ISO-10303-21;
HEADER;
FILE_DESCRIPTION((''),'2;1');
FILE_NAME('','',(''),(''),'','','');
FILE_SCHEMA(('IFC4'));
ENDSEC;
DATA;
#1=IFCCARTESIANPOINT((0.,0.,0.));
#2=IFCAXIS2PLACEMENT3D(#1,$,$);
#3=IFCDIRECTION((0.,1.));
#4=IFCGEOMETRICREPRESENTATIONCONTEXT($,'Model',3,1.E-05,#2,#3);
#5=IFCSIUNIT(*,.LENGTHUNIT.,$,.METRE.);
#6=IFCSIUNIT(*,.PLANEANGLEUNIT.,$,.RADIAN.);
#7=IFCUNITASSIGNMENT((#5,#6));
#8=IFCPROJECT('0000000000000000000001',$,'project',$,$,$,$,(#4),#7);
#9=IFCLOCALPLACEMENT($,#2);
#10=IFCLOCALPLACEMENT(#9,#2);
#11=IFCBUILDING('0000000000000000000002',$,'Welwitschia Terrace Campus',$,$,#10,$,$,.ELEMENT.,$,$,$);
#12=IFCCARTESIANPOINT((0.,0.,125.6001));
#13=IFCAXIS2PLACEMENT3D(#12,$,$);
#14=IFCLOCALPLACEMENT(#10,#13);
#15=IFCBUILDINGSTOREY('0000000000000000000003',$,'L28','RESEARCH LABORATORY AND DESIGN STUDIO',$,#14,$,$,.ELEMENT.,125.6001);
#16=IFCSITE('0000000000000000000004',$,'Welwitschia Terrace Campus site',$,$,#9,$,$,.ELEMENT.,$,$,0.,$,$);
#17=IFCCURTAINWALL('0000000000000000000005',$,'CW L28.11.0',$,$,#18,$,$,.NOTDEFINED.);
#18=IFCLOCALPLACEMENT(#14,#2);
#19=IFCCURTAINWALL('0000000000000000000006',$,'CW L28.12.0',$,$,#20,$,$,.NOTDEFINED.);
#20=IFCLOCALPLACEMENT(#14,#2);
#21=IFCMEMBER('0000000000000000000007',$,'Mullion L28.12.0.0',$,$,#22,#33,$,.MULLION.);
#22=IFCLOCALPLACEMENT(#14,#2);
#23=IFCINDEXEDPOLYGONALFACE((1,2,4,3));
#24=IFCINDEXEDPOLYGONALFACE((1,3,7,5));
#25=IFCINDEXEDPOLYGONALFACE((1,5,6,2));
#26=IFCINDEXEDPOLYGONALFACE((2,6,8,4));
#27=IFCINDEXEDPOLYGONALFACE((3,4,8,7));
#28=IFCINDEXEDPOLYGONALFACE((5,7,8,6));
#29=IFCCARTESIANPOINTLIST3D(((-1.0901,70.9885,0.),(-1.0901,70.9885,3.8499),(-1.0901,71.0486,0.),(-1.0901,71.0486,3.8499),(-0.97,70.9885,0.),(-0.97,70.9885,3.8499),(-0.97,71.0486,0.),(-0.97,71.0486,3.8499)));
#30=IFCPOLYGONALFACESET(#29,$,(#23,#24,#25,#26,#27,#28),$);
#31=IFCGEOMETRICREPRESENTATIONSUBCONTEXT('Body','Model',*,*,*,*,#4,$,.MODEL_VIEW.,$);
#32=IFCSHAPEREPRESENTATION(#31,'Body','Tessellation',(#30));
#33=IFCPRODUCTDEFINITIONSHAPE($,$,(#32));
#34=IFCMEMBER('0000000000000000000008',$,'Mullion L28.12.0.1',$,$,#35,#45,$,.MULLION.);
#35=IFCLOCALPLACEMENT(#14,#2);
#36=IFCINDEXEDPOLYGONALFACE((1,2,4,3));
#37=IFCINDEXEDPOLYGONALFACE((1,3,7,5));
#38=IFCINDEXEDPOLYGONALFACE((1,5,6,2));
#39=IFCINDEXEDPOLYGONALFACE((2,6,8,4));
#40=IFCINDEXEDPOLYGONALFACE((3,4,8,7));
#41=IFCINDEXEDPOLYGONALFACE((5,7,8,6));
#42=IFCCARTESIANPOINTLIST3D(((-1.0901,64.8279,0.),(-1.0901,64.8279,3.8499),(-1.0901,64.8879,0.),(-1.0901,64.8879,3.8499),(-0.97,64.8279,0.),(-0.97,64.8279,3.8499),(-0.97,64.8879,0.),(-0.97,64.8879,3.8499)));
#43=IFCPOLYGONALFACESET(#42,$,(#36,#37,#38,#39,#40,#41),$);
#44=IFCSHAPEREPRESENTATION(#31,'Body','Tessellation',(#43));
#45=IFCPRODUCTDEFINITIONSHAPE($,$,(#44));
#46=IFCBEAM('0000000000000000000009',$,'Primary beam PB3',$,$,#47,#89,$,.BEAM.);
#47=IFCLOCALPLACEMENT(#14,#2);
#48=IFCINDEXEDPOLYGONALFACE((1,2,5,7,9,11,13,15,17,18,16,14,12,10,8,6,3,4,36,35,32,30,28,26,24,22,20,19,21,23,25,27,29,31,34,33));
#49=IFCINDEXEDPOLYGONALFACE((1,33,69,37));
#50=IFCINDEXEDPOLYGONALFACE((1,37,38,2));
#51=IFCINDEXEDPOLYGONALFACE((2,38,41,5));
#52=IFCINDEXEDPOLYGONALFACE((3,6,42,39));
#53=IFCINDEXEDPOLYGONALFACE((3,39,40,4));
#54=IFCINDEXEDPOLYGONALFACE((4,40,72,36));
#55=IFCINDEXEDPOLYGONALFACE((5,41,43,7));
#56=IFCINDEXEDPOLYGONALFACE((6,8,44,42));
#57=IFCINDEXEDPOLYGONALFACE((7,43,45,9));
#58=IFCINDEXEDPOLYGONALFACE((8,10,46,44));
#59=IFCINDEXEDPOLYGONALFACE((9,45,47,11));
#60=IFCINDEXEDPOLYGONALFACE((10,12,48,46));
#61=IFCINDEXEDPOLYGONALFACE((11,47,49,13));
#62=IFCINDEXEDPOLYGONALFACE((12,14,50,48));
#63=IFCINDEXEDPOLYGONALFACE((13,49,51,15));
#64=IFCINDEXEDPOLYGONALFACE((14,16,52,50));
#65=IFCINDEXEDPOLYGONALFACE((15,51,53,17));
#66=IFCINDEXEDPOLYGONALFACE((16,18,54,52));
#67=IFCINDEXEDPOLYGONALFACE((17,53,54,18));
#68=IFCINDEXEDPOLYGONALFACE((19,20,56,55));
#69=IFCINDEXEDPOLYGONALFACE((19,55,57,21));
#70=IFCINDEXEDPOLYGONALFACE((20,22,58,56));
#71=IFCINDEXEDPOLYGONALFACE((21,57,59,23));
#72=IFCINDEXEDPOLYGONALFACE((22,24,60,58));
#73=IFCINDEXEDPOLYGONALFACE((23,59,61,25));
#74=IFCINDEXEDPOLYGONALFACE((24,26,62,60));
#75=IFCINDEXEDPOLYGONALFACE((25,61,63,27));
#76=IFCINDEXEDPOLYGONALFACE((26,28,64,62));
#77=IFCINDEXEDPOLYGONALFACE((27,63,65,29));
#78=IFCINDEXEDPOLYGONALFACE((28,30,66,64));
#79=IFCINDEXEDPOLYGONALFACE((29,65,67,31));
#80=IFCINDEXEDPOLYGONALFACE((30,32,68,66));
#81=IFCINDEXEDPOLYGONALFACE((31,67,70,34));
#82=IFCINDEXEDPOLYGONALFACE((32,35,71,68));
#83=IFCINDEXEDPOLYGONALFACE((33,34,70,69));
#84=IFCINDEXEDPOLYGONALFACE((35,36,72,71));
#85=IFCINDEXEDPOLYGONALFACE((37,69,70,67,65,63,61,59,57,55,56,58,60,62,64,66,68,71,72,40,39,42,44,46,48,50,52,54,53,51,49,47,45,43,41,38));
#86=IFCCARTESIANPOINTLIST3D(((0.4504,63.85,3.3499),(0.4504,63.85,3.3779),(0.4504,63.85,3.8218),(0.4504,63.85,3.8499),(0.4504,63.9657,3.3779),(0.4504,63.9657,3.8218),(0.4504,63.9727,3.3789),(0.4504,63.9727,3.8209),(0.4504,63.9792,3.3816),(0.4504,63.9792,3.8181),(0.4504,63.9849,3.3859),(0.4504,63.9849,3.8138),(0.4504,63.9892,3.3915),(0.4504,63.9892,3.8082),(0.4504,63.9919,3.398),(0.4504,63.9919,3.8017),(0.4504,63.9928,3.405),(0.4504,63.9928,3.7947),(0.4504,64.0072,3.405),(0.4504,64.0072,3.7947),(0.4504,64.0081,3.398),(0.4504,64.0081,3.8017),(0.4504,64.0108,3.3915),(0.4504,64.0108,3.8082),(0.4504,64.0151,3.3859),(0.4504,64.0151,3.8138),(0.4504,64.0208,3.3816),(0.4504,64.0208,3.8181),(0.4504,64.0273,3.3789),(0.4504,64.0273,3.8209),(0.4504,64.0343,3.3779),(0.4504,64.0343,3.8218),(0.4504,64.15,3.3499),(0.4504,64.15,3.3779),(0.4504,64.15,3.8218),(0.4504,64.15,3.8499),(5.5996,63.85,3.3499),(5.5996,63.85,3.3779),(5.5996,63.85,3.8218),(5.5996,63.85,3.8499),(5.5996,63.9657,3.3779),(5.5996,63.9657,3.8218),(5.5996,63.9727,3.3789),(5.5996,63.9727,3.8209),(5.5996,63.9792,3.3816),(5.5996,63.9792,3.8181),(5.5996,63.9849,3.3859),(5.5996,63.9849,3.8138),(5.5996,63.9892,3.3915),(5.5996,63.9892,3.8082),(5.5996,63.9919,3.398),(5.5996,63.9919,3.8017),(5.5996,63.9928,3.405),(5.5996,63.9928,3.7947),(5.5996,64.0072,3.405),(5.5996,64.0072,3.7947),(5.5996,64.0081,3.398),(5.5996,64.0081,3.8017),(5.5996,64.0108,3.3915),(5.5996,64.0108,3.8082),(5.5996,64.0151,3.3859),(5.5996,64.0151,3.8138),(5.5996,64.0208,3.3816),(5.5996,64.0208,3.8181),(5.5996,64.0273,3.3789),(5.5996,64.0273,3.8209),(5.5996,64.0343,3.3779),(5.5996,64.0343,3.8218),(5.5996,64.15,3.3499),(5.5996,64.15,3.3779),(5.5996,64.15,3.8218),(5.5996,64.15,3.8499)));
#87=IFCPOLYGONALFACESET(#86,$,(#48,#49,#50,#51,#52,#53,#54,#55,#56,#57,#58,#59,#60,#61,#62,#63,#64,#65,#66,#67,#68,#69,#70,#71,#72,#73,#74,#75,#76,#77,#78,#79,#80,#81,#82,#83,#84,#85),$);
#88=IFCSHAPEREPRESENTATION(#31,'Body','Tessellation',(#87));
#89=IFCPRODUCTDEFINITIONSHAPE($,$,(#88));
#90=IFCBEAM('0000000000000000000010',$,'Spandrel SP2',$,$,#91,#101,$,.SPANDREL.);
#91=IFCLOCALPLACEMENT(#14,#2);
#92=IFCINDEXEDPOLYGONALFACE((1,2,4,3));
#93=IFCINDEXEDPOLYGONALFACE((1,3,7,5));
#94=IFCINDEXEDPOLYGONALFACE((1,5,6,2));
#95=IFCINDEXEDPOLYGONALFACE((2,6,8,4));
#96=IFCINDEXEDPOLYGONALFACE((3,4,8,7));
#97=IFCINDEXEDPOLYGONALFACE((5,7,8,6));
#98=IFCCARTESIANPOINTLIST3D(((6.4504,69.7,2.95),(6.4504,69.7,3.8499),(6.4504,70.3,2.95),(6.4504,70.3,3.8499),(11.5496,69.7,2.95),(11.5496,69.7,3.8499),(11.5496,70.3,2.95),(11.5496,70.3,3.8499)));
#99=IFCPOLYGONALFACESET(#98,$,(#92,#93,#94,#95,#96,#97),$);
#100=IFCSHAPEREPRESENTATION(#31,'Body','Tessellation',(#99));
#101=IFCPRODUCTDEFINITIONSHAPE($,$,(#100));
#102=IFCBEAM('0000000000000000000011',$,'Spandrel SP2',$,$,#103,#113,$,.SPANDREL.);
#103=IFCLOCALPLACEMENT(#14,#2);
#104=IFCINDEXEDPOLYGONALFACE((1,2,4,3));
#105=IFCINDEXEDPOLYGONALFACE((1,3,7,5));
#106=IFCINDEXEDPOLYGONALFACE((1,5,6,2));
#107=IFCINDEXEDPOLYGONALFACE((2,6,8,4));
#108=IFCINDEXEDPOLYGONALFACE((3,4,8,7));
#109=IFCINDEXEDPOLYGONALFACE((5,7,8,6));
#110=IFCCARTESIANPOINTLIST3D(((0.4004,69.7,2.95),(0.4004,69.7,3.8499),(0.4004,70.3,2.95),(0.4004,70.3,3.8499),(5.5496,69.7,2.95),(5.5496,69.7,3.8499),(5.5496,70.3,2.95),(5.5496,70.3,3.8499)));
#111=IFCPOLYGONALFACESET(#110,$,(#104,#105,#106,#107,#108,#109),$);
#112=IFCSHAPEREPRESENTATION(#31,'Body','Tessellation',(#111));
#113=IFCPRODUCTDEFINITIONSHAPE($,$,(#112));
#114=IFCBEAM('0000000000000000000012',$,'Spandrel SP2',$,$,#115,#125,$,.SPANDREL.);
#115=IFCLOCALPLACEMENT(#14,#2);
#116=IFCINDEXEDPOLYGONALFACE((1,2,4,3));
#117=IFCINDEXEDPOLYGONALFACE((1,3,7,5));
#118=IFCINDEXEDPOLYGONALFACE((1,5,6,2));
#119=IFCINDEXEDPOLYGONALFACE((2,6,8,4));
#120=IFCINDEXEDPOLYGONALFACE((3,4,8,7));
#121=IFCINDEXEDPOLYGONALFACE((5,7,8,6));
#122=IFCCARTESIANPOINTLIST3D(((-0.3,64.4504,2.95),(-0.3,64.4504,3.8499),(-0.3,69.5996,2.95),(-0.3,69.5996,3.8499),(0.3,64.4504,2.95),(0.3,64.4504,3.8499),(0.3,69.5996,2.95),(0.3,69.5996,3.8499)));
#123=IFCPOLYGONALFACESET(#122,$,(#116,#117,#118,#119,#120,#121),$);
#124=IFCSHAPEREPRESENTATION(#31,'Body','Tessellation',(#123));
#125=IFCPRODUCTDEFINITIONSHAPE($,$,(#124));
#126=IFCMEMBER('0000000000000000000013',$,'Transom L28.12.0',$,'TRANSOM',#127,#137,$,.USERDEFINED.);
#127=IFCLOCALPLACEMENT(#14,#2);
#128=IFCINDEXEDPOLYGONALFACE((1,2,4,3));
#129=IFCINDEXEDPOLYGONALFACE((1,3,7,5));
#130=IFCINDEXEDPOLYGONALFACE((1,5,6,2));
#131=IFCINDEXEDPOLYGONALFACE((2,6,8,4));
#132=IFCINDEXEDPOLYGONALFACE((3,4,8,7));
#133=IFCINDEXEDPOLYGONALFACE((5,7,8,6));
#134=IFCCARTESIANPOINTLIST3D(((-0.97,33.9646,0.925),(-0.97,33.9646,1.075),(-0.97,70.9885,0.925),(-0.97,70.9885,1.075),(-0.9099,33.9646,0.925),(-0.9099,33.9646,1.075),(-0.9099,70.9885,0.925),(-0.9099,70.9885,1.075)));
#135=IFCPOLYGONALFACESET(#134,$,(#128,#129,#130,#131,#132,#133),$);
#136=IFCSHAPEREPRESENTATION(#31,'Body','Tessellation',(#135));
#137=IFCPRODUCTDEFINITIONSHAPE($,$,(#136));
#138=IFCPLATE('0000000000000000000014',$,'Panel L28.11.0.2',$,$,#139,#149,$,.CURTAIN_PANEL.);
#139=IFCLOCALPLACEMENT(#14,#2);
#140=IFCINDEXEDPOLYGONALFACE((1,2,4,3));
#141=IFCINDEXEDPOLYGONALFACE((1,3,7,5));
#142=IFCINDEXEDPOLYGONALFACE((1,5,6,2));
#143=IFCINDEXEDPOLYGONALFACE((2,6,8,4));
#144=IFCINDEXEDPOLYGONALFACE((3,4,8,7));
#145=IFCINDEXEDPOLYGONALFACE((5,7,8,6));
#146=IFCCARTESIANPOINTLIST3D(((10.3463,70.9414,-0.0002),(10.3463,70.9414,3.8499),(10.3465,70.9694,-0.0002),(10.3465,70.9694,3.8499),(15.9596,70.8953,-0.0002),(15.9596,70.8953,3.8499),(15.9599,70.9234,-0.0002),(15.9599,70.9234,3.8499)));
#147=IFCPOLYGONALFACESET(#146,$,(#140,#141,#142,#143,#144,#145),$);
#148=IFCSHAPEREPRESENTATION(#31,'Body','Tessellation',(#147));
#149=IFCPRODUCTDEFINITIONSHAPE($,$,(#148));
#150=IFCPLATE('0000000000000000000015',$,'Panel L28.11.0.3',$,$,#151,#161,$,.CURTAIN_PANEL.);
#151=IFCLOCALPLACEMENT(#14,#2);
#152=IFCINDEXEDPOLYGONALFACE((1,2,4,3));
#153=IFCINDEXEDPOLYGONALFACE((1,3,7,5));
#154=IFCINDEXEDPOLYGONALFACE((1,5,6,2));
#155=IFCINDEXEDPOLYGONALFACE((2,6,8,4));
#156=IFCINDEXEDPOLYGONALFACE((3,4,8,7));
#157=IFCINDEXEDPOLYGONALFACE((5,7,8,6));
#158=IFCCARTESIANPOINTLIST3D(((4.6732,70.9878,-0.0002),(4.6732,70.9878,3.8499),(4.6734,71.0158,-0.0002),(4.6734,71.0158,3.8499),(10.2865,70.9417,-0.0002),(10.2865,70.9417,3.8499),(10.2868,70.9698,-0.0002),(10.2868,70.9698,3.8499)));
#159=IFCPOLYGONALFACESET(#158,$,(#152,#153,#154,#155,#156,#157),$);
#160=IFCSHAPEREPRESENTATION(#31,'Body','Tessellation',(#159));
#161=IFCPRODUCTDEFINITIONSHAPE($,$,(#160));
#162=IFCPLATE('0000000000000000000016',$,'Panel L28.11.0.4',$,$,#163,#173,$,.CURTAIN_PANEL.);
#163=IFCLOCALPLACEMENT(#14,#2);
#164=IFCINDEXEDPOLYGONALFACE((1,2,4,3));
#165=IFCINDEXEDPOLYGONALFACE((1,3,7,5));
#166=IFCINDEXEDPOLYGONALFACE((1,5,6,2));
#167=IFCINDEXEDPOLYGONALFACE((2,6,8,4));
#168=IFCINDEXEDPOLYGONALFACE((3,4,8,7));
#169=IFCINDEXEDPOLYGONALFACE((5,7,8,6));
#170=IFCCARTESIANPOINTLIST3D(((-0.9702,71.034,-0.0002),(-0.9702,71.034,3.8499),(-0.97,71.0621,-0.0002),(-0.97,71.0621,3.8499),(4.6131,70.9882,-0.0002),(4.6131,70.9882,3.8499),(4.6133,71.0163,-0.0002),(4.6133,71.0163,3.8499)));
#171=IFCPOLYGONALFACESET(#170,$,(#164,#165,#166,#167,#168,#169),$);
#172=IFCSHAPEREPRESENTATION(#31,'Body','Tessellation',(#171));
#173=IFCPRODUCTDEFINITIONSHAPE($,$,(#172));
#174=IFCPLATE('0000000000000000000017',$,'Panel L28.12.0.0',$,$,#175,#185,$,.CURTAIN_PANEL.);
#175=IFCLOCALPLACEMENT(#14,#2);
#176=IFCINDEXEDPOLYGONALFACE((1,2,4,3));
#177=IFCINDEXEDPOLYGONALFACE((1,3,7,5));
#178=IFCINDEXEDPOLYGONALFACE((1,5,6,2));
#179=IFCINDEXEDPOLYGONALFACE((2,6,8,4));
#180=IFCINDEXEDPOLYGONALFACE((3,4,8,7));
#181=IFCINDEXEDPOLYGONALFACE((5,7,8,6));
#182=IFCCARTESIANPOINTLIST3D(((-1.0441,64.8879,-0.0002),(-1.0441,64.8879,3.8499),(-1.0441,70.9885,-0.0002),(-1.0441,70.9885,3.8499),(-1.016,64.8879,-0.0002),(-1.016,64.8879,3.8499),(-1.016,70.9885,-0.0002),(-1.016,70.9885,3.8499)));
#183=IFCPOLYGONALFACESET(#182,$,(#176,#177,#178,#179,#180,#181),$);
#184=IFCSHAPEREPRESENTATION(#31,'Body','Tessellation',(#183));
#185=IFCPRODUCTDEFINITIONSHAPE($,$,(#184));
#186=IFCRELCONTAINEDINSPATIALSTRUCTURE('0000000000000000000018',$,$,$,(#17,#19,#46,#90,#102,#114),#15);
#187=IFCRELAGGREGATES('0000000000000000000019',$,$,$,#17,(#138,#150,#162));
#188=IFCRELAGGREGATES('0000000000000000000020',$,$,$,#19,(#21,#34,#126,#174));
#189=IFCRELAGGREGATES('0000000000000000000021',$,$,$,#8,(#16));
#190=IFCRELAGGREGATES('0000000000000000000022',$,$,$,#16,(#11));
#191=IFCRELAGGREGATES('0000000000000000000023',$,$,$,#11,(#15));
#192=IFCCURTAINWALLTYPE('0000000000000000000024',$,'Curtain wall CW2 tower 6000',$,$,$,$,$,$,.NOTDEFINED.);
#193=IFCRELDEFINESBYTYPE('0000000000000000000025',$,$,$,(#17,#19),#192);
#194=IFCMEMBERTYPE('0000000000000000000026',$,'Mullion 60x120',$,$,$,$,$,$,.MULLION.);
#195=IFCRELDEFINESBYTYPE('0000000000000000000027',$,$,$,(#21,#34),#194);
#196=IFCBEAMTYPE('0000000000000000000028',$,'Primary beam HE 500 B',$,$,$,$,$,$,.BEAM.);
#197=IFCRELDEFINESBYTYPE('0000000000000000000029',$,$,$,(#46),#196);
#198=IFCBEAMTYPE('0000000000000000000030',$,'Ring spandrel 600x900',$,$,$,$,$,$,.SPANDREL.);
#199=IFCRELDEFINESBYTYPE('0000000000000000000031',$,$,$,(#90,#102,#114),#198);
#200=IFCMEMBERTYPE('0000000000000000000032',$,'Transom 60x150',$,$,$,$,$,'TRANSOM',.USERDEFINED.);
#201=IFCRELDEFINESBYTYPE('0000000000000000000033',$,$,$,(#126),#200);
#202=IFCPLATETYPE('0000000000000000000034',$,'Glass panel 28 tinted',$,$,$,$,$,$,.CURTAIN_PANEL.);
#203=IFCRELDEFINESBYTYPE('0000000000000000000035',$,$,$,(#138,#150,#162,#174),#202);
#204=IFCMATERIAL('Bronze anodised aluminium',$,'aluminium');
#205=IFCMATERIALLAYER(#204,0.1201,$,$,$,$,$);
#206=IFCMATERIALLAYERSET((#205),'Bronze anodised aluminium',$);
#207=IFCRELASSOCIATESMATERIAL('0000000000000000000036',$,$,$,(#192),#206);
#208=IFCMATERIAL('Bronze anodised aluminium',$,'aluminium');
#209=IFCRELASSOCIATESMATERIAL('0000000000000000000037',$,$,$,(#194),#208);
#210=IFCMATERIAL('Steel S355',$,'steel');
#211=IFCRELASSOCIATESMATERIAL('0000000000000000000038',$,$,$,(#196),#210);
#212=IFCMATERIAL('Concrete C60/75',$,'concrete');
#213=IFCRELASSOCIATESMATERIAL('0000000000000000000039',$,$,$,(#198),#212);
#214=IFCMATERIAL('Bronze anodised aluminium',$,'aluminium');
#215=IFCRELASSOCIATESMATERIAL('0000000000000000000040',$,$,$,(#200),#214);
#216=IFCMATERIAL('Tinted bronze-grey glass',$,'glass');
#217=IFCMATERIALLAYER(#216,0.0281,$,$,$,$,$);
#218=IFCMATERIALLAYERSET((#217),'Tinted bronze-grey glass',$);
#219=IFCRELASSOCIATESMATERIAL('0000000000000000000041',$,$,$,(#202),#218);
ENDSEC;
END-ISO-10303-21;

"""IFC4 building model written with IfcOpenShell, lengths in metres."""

from ifc_helpers import new_model, si_unit, direction, frame, origin, origin_2d, place, context, subcontext, project, spatial, rectangle, i_section, extrude, material, layer, layer_set, material_profile, profile_set, type_object, element, aggregate, save


model = new_model("IFC4")

# Units and contexts
model_context = context("Model", 3, precision=1e-05, world=origin(), true_north=direction((0.0, 1.0)))
body_context = subcontext(model_context, "Body", "Model", "MODEL_VIEW")
ifc_project = project(units=[si_unit("LENGTHUNIT", "METRE"), si_unit("PLANEANGLEUNIT", "RADIAN")], contexts=[model_context])

# Site, building, storey
site_placement = place(None, origin())
site = spatial("IfcSite", under=ifc_project, at=site_placement, Name="Welwitschia Terrace Campus site", CompositionType="ELEMENT", RefElevation=0.0)
building_placement = place(site_placement, origin())
building = spatial("IfcBuilding", under=site, at=building_placement, Name="Welwitschia Terrace Campus", CompositionType="ELEMENT")
storey_placement = place(building_placement, frame((0.0, 0.0, 125.6001)))
storey = spatial("IfcBuildingStorey", under=building, at=storey_placement, Name="L28", Description="RESEARCH LABORATORY AND DESIGN STUDIO", CompositionType="ELEMENT", Elevation=125.6001)

# Curtain walls, members
ifc_material_1 = material(Name="Bronze anodised aluminium", Category="aluminium")
ifc_layer_1 = layer(ifc_material_1, 0.1201)
ifc_layer_set_1 = layer_set([ifc_layer_1], Name="Bronze anodised aluminium")
curtain_wall_type = type_object("IfcCurtainWallType", Name="Curtain wall CW2 tower 6000", PredefinedType="NOTDEFINED", material=ifc_layer_set_1)
curtain_wall_1_placement = place(storey_placement, origin())
curtain_wall_1 = element("IfcCurtainWall", 1, at=curtain_wall_1_placement, inside=storey, type_object=curtain_wall_type, Name="CW L28.11.0", PredefinedType="NOTDEFINED")
ifc_material_2 = material(Name="Bronze anodised aluminium", Category="aluminium")
ifc_material_profile_1 = material_profile(ifc_material_2, rectangle(XDim=0.1201, YDim=0.0601, at=origin_2d()))
ifc_profile_set_1 = profile_set([ifc_material_profile_1], Name="Bronze anodised aluminium")
member_type_1 = type_object("IfcMemberType", Name="Mullion 60x120", PredefinedType="MULLION", material=ifc_profile_set_1)
curtain_wall_2_placement = place(storey_placement, origin())
curtain_wall_2 = element("IfcCurtainWall", 2, at=curtain_wall_2_placement, inside=storey, type_object=curtain_wall_type, Name="CW L28.12.0", PredefinedType="NOTDEFINED")
member_1_placement = place(storey_placement, frame((-1.03, 71.0186, 0.0), z_axis=(0.0, 0.0, 1.0), x_axis=(1.0, 0.0, 0.0)))
member_1 = element("IfcMember", 3, at=member_1_placement, type_object=member_type_1, Name="Mullion L28.12.0.0", PredefinedType="MULLION", context=body_context, shape_type="SweptSolid", body=[
    extrude(rectangle(XDim=0.1201, YDim=0.0601, at=origin_2d()), origin(), (0.0, 0.0, 1.0), 3.8499),
])
member_2_placement = place(storey_placement, frame((-1.03, 64.8579, 0.0), z_axis=(0.0, 0.0, 1.0), x_axis=(1.0, 0.0, 0.0)))
member_2 = element("IfcMember", 4, at=member_2_placement, type_object=member_type_1, Name="Mullion L28.12.0.1", PredefinedType="MULLION", context=body_context, shape_type="SweptSolid", body=[
    extrude(rectangle(XDim=0.1201, YDim=0.0601, at=origin_2d()), origin(), (0.0, 0.0, 1.0), 3.8499),
])

# Beams
ifc_material_3 = material(Name="Steel S355", Category="steel")
ifc_material_profile_2 = material_profile(ifc_material_3, i_section(OverallWidth=0.3, OverallDepth=0.5, WebThickness=0.0144, FlangeThickness=0.0281, FilletRadius=0.0271, at=origin_2d()))
ifc_profile_set_2 = profile_set([ifc_material_profile_2], Name="Steel S355")
beam_type_1 = type_object("IfcBeamType", Name="Primary beam HE 500 B", PredefinedType="BEAM", material=ifc_profile_set_2)
beam_1_placement = place(storey_placement, frame((0.4504, 64.0, 3.5999), z_axis=(1.0, 0.0, 0.0), x_axis=(0.0, 1.0, 0.0)))
element("IfcBeam", 5, at=beam_1_placement, inside=storey, type_object=beam_type_1, Name="Primary beam PB3", PredefinedType="BEAM", context=body_context, shape_type="SweptSolid", body=[
    extrude(i_section(OverallWidth=0.3, OverallDepth=0.5, WebThickness=0.0144, FlangeThickness=0.0281, FilletRadius=0.0271, at=origin_2d()), origin(), (0.0, 0.0, 1.0), 5.1492),
])
ifc_material_4 = material(Name="Concrete C60/75", Category="concrete")
ifc_material_profile_3 = material_profile(ifc_material_4, rectangle(XDim=0.6001, YDim=0.8999, at=origin_2d()))
ifc_profile_set_3 = profile_set([ifc_material_profile_3], Name="Concrete C60/75")
beam_type_2 = type_object("IfcBeamType", Name="Ring spandrel 600x900", PredefinedType="SPANDREL", material=ifc_profile_set_3)
beam_2_placement = place(storey_placement, frame((11.5496, 70.0, 3.3999), z_axis=(-1.0, 0.0, 0.0), x_axis=(0.0, -1.0, 0.0)))
element("IfcBeam", 6, at=beam_2_placement, inside=storey, type_object=beam_type_2, Name="Spandrel SP2", PredefinedType="SPANDREL", context=body_context, shape_type="SweptSolid", body=[
    extrude(rectangle(XDim=0.6001, YDim=0.8999, at=origin_2d()), origin(), (0.0, 0.0, 1.0), 5.0991),
])
for number, where, z_axis, x_axis, name in (
    (7, (5.5496, 70.0, 3.3999), (-1.0, 0.0, 0.0), (0.0, -1.0, 0.0), "Spandrel SP2"),
    (8, (0.0, 69.5996, 3.3999), (0.0, -1.0, 0.0), (1.0, 0.0, 0.0), "Spandrel SP2"),
):
    element("IfcBeam", number, at=place(storey_placement, frame(where, z_axis=z_axis, x_axis=x_axis)), inside=storey, type_object=beam_type_2, Name=name, PredefinedType="SPANDREL", context=body_context, shape_type="SweptSolid", body=[
        extrude(rectangle(XDim=0.6001, YDim=0.8999, at=origin_2d()), origin(), (0.0, 0.0, 1.0), 5.1492),
    ])

# Member
ifc_material_5 = material(Name="Bronze anodised aluminium", Category="aluminium")
ifc_material_profile_4 = material_profile(ifc_material_5, rectangle(XDim=0.0601, YDim=0.1499, at=origin_2d()))
ifc_profile_set_4 = profile_set([ifc_material_profile_4], Name="Bronze anodised aluminium")
member_type_2 = type_object("IfcMemberType", Name="Transom 60x150", ElementType="TRANSOM", PredefinedType="USERDEFINED", material=ifc_profile_set_4)
member_3_placement = place(storey_placement, frame((-0.9399, 70.9885, 1.0), z_axis=(0.0, -1.0, 0.0), x_axis=(1.0, 0.0, 0.0)))
member_3 = element("IfcMember", 9, at=member_3_placement, type_object=member_type_2, Name="Transom L28.12.0", ObjectType="TRANSOM", PredefinedType="USERDEFINED", context=body_context, shape_type="SweptSolid", body=[
    extrude(rectangle(XDim=0.0601, YDim=0.1499, at=origin_2d()), origin(), (0.0, 0.0, 1.0), 37.0239),
])

# Plates
ifc_material_6 = material(Name="Tinted bronze-grey glass", Category="glass")
ifc_layer_2 = layer(ifc_material_6, 0.0281)
ifc_layer_set_2 = layer_set([ifc_layer_2], Name="Tinted bronze-grey glass")
plate_type = type_object("IfcPlateType", Name="Glass panel 28 tinted", PredefinedType="CURTAIN_PANEL", material=ifc_layer_set_2)
plate_1_placement = place(storey_placement, frame((13.1531, 70.9324, -0.0002), z_axis=(0.0, 0.0, 1.0), x_axis=(-0.999966, 0.008205, 0.0)))
plate_1 = element("IfcPlate", 10, at=plate_1_placement, type_object=plate_type, Name="Panel L28.11.0.2", PredefinedType="CURTAIN_PANEL", context=body_context, shape_type="SweptSolid", body=[
    extrude(rectangle(XDim=5.6135, YDim=0.0281, at=origin_2d()), origin(), (0.0, 0.0, 1.0), 3.8501),
])
plate_2_placement = place(storey_placement, frame((7.48, 70.9788, -0.0002), z_axis=(0.0, 0.0, 1.0), x_axis=(-0.999966, 0.008205, 0.0)))
plate_2 = element("IfcPlate", 11, at=plate_2_placement, type_object=plate_type, Name="Panel L28.11.0.3", PredefinedType="CURTAIN_PANEL", context=body_context, shape_type="SweptSolid", body=[
    extrude(rectangle(XDim=5.6135, YDim=0.0281, at=origin_2d()), origin(), (0.0, 0.0, 1.0), 3.8501),
])
plate_3_placement = place(storey_placement, frame((1.8215, 71.0251, -0.0002), z_axis=(0.0, 0.0, 1.0), x_axis=(-0.999966, 0.008205, 0.0)))
plate_3 = element("IfcPlate", 12, at=plate_3_placement, type_object=plate_type, Name="Panel L28.11.0.4", PredefinedType="CURTAIN_PANEL", context=body_context, shape_type="SweptSolid", body=[
    extrude(rectangle(XDim=5.5835, YDim=0.0281, at=origin_2d()), origin(), (0.0, 0.0, 1.0), 3.8501),
])
aggregate(curtain_wall_1, [plate_1, plate_2, plate_3])
plate_4_placement = place(storey_placement, frame((-1.03, 67.9382, -0.0002), z_axis=(0.0, 0.0, 1.0), x_axis=(0.0, -1.0, 0.0)))
plate_4 = element("IfcPlate", 13, at=plate_4_placement, type_object=plate_type, Name="Panel L28.12.0.0", PredefinedType="CURTAIN_PANEL", context=body_context, shape_type="SweptSolid", body=[
    extrude(rectangle(XDim=6.1006, YDim=0.0281, at=origin_2d()), origin(), (0.0, 0.0, 1.0), 3.8501),
])
aggregate(curtain_wall_2, [member_1, member_2, member_3, plate_4])

save(model, "model.ifc")
